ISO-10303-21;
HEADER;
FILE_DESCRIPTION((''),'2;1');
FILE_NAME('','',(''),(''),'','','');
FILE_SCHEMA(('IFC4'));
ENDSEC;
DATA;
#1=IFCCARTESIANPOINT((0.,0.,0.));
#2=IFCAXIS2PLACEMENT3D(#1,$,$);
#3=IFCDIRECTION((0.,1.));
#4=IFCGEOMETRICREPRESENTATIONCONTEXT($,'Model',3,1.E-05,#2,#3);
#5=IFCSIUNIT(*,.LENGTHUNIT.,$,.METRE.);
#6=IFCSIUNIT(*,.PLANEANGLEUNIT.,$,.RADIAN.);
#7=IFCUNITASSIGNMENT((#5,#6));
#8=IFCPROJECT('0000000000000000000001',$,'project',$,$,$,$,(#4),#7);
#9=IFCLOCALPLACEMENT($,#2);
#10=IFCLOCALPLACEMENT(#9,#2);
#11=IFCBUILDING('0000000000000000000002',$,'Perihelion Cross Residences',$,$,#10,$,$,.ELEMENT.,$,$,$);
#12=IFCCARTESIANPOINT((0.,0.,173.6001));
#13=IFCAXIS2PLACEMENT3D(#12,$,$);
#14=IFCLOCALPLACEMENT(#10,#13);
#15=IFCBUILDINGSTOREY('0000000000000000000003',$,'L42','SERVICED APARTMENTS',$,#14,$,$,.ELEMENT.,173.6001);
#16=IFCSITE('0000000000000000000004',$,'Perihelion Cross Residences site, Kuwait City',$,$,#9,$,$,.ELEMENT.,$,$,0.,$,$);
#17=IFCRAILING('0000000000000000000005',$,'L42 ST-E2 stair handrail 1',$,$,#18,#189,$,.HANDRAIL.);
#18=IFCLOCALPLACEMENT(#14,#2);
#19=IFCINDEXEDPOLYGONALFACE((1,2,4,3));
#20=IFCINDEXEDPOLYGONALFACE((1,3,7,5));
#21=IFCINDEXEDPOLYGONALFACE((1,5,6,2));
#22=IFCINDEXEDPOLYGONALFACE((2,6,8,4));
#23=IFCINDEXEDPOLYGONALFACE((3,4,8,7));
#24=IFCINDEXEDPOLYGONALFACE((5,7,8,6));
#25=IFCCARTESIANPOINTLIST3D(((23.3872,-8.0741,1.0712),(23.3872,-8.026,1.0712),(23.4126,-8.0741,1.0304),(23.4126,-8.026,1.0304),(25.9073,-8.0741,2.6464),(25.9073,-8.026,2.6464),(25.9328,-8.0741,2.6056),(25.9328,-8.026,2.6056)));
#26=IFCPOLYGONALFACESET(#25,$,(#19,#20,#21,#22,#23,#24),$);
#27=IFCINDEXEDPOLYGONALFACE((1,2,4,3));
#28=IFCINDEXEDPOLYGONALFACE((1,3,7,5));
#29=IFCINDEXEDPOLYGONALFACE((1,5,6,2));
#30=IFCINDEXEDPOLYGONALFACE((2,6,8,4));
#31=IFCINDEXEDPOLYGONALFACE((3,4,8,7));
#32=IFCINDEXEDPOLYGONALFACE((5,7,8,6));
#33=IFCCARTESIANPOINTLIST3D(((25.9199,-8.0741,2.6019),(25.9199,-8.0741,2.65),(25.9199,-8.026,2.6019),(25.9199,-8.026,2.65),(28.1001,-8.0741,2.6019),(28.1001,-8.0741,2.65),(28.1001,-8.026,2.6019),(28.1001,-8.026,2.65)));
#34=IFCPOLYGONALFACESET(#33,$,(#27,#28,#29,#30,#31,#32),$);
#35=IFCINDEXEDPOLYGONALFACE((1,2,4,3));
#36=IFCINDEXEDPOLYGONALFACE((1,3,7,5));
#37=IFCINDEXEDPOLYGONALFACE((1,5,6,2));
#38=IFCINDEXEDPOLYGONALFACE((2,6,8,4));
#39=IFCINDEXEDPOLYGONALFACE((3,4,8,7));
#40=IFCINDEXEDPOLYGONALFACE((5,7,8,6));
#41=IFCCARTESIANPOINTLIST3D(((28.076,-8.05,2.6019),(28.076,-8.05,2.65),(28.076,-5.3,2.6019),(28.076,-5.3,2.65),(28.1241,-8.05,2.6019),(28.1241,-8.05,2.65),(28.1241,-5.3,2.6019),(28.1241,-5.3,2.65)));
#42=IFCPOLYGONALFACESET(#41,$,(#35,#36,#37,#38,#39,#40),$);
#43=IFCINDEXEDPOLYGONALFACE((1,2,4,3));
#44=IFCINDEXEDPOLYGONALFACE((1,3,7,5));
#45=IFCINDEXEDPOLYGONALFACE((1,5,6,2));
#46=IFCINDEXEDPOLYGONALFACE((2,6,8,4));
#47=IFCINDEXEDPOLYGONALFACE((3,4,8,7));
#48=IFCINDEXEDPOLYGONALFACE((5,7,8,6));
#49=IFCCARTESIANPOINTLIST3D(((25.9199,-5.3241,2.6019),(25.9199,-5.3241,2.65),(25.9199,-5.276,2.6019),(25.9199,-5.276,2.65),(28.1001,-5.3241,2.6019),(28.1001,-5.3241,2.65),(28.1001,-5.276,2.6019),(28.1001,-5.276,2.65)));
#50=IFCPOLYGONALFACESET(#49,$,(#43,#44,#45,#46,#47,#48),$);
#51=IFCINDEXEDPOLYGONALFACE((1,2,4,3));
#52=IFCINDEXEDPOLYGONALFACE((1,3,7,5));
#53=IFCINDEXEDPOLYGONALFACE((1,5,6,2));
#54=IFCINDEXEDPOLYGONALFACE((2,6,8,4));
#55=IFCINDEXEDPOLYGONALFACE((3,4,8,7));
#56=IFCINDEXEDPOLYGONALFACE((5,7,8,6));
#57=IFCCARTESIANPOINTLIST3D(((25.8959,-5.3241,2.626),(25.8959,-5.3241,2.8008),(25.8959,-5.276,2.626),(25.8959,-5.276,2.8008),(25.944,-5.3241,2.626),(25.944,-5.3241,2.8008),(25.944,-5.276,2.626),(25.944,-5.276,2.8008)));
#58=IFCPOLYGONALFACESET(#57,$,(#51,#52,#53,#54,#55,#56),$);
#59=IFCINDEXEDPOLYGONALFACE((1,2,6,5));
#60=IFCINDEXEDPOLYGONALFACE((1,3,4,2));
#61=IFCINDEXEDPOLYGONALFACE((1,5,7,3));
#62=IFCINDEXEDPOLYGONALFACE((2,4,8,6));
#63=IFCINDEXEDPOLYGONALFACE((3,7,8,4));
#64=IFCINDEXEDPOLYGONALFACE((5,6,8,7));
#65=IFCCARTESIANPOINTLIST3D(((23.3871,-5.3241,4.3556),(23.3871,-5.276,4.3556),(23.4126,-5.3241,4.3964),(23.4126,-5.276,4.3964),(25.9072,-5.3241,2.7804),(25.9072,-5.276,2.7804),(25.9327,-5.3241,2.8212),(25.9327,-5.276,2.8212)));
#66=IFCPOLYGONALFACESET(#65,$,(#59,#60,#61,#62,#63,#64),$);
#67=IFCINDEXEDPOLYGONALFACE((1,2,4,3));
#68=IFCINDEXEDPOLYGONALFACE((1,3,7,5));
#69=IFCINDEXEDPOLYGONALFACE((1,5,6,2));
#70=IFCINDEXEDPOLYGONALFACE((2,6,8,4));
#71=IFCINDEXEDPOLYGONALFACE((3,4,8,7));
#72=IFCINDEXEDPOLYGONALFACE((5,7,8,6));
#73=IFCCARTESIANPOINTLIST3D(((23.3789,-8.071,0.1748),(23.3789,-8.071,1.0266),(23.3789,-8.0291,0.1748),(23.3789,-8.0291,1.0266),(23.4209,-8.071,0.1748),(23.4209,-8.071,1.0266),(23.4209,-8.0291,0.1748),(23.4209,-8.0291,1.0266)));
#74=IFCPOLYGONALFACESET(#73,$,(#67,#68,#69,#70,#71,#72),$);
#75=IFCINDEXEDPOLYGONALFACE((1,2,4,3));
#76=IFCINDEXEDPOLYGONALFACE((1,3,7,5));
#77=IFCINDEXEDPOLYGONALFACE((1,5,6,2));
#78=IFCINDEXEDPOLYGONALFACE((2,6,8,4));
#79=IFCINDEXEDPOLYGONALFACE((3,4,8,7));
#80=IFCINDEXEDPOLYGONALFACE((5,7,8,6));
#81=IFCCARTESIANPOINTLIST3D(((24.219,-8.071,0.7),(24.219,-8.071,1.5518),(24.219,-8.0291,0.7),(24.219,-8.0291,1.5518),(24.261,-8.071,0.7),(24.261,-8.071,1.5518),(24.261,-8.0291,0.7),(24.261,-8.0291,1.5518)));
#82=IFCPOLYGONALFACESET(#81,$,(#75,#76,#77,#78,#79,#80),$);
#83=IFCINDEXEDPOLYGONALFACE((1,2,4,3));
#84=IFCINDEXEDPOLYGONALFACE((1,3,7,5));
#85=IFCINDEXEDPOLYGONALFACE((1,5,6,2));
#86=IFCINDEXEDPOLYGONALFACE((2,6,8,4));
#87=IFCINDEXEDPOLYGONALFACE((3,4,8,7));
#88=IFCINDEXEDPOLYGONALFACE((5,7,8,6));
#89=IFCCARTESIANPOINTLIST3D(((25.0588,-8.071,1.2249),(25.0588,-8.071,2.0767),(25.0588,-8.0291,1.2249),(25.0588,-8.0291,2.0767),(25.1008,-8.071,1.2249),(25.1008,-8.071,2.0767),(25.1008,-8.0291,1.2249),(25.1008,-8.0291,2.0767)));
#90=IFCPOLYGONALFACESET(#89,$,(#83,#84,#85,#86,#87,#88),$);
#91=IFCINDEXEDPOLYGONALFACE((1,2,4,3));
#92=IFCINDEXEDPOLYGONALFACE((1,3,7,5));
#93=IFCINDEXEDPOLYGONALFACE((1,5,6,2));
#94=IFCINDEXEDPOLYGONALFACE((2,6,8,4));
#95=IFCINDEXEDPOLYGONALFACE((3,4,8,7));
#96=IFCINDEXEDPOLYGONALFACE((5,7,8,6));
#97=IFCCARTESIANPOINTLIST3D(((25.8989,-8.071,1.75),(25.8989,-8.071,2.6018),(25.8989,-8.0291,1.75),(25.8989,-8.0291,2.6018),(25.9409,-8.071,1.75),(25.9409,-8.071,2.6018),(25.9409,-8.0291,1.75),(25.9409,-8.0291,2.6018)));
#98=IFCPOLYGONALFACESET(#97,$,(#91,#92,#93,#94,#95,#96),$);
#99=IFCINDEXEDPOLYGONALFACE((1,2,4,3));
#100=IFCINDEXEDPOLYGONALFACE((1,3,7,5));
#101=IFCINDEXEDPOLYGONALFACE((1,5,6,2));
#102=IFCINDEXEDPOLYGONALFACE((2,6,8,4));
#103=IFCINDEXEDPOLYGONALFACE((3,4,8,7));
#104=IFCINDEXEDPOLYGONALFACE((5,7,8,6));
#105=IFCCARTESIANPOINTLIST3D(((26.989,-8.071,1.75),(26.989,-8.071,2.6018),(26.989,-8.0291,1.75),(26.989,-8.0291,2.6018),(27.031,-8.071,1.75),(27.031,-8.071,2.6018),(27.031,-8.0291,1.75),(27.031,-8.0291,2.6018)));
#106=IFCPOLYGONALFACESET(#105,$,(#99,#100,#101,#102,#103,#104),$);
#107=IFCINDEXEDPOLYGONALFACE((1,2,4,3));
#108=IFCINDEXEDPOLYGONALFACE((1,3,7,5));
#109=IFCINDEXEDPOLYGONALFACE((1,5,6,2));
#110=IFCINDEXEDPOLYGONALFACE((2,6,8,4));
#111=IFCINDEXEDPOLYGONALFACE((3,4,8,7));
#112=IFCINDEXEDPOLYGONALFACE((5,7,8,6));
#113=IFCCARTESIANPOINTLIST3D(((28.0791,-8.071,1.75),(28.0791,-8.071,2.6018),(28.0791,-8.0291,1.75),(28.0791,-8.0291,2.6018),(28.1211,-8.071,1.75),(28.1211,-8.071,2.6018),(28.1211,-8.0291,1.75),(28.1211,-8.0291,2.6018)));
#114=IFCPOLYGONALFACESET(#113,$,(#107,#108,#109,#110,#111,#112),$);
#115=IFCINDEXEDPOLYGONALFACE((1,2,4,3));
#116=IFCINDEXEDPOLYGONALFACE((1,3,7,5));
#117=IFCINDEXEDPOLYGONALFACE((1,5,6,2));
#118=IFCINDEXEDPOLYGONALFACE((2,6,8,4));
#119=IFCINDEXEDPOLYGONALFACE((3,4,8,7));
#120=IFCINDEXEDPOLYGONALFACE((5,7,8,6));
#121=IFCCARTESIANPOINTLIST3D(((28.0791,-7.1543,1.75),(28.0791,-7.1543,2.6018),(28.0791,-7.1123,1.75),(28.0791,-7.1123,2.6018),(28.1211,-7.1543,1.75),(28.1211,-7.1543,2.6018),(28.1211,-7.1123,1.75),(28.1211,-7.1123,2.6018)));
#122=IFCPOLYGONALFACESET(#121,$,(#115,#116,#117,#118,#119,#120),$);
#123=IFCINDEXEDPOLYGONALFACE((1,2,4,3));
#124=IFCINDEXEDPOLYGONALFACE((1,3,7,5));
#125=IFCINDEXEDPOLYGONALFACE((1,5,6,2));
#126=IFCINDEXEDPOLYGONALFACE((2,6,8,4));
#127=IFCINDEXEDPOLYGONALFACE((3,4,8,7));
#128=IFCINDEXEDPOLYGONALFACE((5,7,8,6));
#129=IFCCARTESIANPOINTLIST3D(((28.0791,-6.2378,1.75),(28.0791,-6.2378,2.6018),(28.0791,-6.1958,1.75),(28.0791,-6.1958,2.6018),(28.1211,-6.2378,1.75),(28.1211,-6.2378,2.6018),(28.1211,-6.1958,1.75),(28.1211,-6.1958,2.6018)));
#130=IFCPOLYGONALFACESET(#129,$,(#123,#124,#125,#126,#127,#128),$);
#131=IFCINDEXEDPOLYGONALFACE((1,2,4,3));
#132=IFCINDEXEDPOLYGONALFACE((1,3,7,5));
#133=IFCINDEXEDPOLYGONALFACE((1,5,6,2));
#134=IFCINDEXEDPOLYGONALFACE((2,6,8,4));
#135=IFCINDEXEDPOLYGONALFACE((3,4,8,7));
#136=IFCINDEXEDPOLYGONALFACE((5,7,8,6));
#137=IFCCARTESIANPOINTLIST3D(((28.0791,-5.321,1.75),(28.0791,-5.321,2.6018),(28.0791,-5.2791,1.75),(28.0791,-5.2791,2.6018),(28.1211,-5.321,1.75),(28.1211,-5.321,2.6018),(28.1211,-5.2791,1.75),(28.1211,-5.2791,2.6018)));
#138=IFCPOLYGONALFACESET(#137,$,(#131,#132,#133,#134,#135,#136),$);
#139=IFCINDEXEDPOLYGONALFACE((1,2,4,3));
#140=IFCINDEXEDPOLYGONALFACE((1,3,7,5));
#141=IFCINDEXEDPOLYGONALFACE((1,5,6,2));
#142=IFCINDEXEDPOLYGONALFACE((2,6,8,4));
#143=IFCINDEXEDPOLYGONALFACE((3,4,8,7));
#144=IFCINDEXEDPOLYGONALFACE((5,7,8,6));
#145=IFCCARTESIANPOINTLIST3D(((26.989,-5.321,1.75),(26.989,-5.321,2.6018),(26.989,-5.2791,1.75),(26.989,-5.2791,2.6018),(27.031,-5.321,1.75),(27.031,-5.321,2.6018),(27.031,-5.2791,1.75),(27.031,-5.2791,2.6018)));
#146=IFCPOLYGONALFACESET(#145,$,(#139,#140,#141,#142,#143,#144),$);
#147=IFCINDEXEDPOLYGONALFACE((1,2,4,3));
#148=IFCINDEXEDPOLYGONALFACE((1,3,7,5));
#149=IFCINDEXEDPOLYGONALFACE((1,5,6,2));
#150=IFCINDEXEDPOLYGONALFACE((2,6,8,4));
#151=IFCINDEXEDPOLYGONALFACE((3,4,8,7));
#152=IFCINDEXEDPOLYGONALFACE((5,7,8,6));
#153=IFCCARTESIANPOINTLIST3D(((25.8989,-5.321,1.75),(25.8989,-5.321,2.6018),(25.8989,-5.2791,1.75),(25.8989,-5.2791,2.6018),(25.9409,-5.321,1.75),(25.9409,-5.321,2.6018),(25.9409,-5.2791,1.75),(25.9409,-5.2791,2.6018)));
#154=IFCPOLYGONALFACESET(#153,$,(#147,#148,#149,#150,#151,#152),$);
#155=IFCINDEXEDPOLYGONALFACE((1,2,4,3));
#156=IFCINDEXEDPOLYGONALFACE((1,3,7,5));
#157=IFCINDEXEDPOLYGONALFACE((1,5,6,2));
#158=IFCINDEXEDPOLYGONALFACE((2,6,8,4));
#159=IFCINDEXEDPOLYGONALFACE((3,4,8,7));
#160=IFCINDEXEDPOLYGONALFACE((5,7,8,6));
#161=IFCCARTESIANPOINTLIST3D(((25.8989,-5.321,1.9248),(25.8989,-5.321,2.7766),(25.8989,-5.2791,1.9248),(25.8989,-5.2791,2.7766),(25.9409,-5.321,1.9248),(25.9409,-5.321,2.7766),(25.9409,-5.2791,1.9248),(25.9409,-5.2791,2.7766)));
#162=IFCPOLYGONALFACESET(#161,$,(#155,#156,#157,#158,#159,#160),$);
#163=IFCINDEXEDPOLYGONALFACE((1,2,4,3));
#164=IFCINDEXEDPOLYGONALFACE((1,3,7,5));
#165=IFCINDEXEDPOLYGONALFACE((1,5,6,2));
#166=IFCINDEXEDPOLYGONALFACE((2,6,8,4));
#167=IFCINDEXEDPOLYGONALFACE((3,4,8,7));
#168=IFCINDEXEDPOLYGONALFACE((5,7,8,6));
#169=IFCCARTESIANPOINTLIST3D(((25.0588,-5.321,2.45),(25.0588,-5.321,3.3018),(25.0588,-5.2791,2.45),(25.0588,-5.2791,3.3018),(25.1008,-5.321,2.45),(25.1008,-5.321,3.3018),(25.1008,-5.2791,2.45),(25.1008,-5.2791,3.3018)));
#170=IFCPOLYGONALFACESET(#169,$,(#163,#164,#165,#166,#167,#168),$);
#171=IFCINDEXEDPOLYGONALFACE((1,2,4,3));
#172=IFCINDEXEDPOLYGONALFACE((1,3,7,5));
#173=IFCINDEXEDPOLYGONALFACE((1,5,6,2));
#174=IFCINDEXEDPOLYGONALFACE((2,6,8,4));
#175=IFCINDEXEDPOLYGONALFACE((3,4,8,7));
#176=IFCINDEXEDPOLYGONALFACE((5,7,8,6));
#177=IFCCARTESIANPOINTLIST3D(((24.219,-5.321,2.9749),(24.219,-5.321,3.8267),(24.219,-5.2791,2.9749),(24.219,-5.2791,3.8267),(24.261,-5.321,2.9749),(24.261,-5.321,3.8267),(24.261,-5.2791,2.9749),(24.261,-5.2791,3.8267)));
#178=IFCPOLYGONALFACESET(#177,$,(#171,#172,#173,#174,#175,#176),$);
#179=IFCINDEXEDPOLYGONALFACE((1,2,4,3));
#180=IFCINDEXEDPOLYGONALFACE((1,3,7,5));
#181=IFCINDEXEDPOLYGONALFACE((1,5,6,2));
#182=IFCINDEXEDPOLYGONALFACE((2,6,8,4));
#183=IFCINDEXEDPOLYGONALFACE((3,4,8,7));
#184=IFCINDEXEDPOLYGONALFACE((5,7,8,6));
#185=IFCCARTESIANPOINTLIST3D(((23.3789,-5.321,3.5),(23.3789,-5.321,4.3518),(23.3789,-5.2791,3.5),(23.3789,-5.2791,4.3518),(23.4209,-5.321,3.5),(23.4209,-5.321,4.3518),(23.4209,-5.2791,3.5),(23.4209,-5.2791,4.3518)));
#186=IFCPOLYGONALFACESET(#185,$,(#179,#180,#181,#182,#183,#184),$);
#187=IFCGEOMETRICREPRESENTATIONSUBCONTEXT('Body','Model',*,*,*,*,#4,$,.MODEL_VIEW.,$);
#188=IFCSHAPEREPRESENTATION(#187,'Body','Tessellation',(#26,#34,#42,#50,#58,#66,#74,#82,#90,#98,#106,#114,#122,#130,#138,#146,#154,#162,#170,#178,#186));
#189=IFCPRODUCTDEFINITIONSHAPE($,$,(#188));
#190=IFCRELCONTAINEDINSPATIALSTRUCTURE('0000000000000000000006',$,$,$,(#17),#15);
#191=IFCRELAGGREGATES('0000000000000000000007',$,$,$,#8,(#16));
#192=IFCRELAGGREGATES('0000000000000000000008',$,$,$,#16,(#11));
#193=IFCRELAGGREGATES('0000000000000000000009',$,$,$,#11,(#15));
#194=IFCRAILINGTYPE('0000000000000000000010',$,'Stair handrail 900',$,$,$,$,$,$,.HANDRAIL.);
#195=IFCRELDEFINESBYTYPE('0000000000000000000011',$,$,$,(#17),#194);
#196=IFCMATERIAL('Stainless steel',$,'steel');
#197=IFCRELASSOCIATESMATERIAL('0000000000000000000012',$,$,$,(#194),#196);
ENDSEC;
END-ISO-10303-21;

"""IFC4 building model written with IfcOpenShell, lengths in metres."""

from ifc_helpers import new_model, si_unit, direction, frame, origin, origin_2d, place, context, subcontext, project, spatial, rectangle, extrude, material, type_object, element, save


model = new_model("IFC4")

# Units and contexts
model_context = context("Model", 3, precision=1e-05, world=origin(), true_north=direction((0.0, 1.0)))
body_context = subcontext(model_context, "Body", "Model", "MODEL_VIEW")
ifc_project = project(units=[si_unit("LENGTHUNIT", "METRE"), si_unit("PLANEANGLEUNIT", "RADIAN")], contexts=[model_context])

# Site, building, storey
site_placement = place(None, origin())
site = spatial("IfcSite", under=ifc_project, at=site_placement, Name="Perihelion Cross Residences site, Kuwait City", CompositionType="ELEMENT", RefElevation=0.0)
building_placement = place(site_placement, origin())
building = spatial("IfcBuilding", under=site, at=building_placement, Name="Perihelion Cross Residences", CompositionType="ELEMENT")
storey_placement = place(building_placement, frame((0.0, 0.0, 173.6001)))
storey = spatial("IfcBuildingStorey", under=building, at=storey_placement, Name="L42", Description="SERVICED APARTMENTS", CompositionType="ELEMENT", Elevation=173.6001)

# Railing
ifc_material_1 = material(Name="Stainless steel", Category="steel")
railing_type_1 = type_object("IfcRailingType", Name="Stair handrail 900", PredefinedType="HANDRAIL", material=ifc_material_1)
railing_1_placement = place(storey_placement, frame((23.3999, -8.05, 0.1748)))
element("IfcRailing", 1, at=railing_1_placement, inside=storey, type_object=railing_type_1, Name="L42 ST-E2 stair handrail 1", PredefinedType="HANDRAIL", context=body_context, shape_type="SweptSolid", body=[
    extrude(rectangle(XDim=0.0481, YDim=0.0481, at=origin_2d()), frame((0.0, 0.0, 0.876), z_axis=(0.847971, 0.0, 0.530043), x_axis=(0.0, 1.0, 0.0)), (0.0, 0.0, 1.0), 2.9719),
    extrude(rectangle(XDim=0.0481, YDim=0.0481, at=origin_2d()), frame((2.52, 0.0, 2.4512), z_axis=(1.0, 0.0, 0.0), x_axis=(0.0, 1.0, 0.0)), (0.0, 0.0, 1.0), 2.1802),
    extrude(rectangle(XDim=0.0481, YDim=0.0481, at=origin_2d()), frame((4.7002, 0.0, 2.4512), z_axis=(0.0, 1.0, 0.0), x_axis=(-1.0, 0.0, 0.0)), (0.0, 0.0, 1.0), 2.75),
    extrude(rectangle(XDim=0.0481, YDim=0.0481, at=origin_2d()), frame((4.7002, 2.75, 2.4512), z_axis=(-1.0, 0.0, 0.0), x_axis=(0.0, -1.0, 0.0)), (0.0, 0.0, 1.0), 2.1802),
    extrude(rectangle(XDim=0.0481, YDim=0.0481, at=origin_2d()), frame((2.52, 2.75, 2.4512), z_axis=(0.0, 0.0, 1.0), x_axis=(1.0, 0.0, 0.0)), (0.0, 0.0, 1.0), 0.1748),
    extrude(rectangle(XDim=0.0481, YDim=0.0481, at=origin_2d()), frame((2.52, 2.75, 2.626), z_axis=(-0.847971, 0.0, 0.530043), x_axis=(0.0, -1.0, 0.0)), (0.0, 0.0, 1.0), 2.9719),
    extrude(rectangle(XDim=0.042, YDim=0.042, at=origin_2d()), origin(), (0.0, 0.0, 1.0), 0.8518),
    extrude(rectangle(XDim=0.042, YDim=0.042, at=origin_2d()), frame((0.8401, 0.0, 0.5251)), (0.0, 0.0, 1.0), 0.8518),
    extrude(rectangle(XDim=0.042, YDim=0.042, at=origin_2d()), frame((1.6799, 0.0, 1.05)), (0.0, 0.0, 1.0), 0.8518),
    extrude(rectangle(XDim=0.042, YDim=0.042, at=origin_2d()), frame((2.52, 0.0, 1.5752)), (0.0, 0.0, 1.0), 0.8518),
    extrude(rectangle(XDim=0.042, YDim=0.042, at=origin_2d()), frame((3.6101, 0.0, 1.5752)), (0.0, 0.0, 1.0), 0.8518),
    extrude(rectangle(XDim=0.042, YDim=0.042, at=origin_2d()), frame((4.7002, 0.0, 1.5752)), (0.0, 0.0, 1.0), 0.8518),
    extrude(rectangle(XDim=0.042, YDim=0.042, at=origin_2d()), frame((4.7002, 0.9167, 1.5752)), (0.0, 0.0, 1.0), 0.8518),
    extrude(rectangle(XDim=0.042, YDim=0.042, at=origin_2d()), frame((4.7002, 1.8333, 1.5752)), (0.0, 0.0, 1.0), 0.8518),
    extrude(rectangle(XDim=0.042, YDim=0.042, at=origin_2d()), frame((4.7002, 2.75, 1.5752)), (0.0, 0.0, 1.0), 0.8518),
    extrude(rectangle(XDim=0.042, YDim=0.042, at=origin_2d()), frame((3.6101, 2.75, 1.5752)), (0.0, 0.0, 1.0), 0.8518),
    extrude(rectangle(XDim=0.042, YDim=0.042, at=origin_2d()), frame((2.52, 2.75, 1.5752)), (0.0, 0.0, 1.0), 0.8518),
    extrude(rectangle(XDim=0.042, YDim=0.042, at=origin_2d()), frame((2.52, 2.75, 1.75)), (0.0, 0.0, 1.0), 0.8518),
    extrude(rectangle(XDim=0.042, YDim=0.042, at=origin_2d()), frame((1.6799, 2.75, 2.2751)), (0.0, 0.0, 1.0), 0.8518),
    extrude(rectangle(XDim=0.042, YDim=0.042, at=origin_2d()), frame((0.8401, 2.75, 2.8)), (0.0, 0.0, 1.0), 0.8518),
    extrude(rectangle(XDim=0.042, YDim=0.042, at=origin_2d()), frame((0.0, 2.75, 3.3252)), (0.0, 0.0, 1.0), 0.8518),
])

save(model, "model.ifc")
